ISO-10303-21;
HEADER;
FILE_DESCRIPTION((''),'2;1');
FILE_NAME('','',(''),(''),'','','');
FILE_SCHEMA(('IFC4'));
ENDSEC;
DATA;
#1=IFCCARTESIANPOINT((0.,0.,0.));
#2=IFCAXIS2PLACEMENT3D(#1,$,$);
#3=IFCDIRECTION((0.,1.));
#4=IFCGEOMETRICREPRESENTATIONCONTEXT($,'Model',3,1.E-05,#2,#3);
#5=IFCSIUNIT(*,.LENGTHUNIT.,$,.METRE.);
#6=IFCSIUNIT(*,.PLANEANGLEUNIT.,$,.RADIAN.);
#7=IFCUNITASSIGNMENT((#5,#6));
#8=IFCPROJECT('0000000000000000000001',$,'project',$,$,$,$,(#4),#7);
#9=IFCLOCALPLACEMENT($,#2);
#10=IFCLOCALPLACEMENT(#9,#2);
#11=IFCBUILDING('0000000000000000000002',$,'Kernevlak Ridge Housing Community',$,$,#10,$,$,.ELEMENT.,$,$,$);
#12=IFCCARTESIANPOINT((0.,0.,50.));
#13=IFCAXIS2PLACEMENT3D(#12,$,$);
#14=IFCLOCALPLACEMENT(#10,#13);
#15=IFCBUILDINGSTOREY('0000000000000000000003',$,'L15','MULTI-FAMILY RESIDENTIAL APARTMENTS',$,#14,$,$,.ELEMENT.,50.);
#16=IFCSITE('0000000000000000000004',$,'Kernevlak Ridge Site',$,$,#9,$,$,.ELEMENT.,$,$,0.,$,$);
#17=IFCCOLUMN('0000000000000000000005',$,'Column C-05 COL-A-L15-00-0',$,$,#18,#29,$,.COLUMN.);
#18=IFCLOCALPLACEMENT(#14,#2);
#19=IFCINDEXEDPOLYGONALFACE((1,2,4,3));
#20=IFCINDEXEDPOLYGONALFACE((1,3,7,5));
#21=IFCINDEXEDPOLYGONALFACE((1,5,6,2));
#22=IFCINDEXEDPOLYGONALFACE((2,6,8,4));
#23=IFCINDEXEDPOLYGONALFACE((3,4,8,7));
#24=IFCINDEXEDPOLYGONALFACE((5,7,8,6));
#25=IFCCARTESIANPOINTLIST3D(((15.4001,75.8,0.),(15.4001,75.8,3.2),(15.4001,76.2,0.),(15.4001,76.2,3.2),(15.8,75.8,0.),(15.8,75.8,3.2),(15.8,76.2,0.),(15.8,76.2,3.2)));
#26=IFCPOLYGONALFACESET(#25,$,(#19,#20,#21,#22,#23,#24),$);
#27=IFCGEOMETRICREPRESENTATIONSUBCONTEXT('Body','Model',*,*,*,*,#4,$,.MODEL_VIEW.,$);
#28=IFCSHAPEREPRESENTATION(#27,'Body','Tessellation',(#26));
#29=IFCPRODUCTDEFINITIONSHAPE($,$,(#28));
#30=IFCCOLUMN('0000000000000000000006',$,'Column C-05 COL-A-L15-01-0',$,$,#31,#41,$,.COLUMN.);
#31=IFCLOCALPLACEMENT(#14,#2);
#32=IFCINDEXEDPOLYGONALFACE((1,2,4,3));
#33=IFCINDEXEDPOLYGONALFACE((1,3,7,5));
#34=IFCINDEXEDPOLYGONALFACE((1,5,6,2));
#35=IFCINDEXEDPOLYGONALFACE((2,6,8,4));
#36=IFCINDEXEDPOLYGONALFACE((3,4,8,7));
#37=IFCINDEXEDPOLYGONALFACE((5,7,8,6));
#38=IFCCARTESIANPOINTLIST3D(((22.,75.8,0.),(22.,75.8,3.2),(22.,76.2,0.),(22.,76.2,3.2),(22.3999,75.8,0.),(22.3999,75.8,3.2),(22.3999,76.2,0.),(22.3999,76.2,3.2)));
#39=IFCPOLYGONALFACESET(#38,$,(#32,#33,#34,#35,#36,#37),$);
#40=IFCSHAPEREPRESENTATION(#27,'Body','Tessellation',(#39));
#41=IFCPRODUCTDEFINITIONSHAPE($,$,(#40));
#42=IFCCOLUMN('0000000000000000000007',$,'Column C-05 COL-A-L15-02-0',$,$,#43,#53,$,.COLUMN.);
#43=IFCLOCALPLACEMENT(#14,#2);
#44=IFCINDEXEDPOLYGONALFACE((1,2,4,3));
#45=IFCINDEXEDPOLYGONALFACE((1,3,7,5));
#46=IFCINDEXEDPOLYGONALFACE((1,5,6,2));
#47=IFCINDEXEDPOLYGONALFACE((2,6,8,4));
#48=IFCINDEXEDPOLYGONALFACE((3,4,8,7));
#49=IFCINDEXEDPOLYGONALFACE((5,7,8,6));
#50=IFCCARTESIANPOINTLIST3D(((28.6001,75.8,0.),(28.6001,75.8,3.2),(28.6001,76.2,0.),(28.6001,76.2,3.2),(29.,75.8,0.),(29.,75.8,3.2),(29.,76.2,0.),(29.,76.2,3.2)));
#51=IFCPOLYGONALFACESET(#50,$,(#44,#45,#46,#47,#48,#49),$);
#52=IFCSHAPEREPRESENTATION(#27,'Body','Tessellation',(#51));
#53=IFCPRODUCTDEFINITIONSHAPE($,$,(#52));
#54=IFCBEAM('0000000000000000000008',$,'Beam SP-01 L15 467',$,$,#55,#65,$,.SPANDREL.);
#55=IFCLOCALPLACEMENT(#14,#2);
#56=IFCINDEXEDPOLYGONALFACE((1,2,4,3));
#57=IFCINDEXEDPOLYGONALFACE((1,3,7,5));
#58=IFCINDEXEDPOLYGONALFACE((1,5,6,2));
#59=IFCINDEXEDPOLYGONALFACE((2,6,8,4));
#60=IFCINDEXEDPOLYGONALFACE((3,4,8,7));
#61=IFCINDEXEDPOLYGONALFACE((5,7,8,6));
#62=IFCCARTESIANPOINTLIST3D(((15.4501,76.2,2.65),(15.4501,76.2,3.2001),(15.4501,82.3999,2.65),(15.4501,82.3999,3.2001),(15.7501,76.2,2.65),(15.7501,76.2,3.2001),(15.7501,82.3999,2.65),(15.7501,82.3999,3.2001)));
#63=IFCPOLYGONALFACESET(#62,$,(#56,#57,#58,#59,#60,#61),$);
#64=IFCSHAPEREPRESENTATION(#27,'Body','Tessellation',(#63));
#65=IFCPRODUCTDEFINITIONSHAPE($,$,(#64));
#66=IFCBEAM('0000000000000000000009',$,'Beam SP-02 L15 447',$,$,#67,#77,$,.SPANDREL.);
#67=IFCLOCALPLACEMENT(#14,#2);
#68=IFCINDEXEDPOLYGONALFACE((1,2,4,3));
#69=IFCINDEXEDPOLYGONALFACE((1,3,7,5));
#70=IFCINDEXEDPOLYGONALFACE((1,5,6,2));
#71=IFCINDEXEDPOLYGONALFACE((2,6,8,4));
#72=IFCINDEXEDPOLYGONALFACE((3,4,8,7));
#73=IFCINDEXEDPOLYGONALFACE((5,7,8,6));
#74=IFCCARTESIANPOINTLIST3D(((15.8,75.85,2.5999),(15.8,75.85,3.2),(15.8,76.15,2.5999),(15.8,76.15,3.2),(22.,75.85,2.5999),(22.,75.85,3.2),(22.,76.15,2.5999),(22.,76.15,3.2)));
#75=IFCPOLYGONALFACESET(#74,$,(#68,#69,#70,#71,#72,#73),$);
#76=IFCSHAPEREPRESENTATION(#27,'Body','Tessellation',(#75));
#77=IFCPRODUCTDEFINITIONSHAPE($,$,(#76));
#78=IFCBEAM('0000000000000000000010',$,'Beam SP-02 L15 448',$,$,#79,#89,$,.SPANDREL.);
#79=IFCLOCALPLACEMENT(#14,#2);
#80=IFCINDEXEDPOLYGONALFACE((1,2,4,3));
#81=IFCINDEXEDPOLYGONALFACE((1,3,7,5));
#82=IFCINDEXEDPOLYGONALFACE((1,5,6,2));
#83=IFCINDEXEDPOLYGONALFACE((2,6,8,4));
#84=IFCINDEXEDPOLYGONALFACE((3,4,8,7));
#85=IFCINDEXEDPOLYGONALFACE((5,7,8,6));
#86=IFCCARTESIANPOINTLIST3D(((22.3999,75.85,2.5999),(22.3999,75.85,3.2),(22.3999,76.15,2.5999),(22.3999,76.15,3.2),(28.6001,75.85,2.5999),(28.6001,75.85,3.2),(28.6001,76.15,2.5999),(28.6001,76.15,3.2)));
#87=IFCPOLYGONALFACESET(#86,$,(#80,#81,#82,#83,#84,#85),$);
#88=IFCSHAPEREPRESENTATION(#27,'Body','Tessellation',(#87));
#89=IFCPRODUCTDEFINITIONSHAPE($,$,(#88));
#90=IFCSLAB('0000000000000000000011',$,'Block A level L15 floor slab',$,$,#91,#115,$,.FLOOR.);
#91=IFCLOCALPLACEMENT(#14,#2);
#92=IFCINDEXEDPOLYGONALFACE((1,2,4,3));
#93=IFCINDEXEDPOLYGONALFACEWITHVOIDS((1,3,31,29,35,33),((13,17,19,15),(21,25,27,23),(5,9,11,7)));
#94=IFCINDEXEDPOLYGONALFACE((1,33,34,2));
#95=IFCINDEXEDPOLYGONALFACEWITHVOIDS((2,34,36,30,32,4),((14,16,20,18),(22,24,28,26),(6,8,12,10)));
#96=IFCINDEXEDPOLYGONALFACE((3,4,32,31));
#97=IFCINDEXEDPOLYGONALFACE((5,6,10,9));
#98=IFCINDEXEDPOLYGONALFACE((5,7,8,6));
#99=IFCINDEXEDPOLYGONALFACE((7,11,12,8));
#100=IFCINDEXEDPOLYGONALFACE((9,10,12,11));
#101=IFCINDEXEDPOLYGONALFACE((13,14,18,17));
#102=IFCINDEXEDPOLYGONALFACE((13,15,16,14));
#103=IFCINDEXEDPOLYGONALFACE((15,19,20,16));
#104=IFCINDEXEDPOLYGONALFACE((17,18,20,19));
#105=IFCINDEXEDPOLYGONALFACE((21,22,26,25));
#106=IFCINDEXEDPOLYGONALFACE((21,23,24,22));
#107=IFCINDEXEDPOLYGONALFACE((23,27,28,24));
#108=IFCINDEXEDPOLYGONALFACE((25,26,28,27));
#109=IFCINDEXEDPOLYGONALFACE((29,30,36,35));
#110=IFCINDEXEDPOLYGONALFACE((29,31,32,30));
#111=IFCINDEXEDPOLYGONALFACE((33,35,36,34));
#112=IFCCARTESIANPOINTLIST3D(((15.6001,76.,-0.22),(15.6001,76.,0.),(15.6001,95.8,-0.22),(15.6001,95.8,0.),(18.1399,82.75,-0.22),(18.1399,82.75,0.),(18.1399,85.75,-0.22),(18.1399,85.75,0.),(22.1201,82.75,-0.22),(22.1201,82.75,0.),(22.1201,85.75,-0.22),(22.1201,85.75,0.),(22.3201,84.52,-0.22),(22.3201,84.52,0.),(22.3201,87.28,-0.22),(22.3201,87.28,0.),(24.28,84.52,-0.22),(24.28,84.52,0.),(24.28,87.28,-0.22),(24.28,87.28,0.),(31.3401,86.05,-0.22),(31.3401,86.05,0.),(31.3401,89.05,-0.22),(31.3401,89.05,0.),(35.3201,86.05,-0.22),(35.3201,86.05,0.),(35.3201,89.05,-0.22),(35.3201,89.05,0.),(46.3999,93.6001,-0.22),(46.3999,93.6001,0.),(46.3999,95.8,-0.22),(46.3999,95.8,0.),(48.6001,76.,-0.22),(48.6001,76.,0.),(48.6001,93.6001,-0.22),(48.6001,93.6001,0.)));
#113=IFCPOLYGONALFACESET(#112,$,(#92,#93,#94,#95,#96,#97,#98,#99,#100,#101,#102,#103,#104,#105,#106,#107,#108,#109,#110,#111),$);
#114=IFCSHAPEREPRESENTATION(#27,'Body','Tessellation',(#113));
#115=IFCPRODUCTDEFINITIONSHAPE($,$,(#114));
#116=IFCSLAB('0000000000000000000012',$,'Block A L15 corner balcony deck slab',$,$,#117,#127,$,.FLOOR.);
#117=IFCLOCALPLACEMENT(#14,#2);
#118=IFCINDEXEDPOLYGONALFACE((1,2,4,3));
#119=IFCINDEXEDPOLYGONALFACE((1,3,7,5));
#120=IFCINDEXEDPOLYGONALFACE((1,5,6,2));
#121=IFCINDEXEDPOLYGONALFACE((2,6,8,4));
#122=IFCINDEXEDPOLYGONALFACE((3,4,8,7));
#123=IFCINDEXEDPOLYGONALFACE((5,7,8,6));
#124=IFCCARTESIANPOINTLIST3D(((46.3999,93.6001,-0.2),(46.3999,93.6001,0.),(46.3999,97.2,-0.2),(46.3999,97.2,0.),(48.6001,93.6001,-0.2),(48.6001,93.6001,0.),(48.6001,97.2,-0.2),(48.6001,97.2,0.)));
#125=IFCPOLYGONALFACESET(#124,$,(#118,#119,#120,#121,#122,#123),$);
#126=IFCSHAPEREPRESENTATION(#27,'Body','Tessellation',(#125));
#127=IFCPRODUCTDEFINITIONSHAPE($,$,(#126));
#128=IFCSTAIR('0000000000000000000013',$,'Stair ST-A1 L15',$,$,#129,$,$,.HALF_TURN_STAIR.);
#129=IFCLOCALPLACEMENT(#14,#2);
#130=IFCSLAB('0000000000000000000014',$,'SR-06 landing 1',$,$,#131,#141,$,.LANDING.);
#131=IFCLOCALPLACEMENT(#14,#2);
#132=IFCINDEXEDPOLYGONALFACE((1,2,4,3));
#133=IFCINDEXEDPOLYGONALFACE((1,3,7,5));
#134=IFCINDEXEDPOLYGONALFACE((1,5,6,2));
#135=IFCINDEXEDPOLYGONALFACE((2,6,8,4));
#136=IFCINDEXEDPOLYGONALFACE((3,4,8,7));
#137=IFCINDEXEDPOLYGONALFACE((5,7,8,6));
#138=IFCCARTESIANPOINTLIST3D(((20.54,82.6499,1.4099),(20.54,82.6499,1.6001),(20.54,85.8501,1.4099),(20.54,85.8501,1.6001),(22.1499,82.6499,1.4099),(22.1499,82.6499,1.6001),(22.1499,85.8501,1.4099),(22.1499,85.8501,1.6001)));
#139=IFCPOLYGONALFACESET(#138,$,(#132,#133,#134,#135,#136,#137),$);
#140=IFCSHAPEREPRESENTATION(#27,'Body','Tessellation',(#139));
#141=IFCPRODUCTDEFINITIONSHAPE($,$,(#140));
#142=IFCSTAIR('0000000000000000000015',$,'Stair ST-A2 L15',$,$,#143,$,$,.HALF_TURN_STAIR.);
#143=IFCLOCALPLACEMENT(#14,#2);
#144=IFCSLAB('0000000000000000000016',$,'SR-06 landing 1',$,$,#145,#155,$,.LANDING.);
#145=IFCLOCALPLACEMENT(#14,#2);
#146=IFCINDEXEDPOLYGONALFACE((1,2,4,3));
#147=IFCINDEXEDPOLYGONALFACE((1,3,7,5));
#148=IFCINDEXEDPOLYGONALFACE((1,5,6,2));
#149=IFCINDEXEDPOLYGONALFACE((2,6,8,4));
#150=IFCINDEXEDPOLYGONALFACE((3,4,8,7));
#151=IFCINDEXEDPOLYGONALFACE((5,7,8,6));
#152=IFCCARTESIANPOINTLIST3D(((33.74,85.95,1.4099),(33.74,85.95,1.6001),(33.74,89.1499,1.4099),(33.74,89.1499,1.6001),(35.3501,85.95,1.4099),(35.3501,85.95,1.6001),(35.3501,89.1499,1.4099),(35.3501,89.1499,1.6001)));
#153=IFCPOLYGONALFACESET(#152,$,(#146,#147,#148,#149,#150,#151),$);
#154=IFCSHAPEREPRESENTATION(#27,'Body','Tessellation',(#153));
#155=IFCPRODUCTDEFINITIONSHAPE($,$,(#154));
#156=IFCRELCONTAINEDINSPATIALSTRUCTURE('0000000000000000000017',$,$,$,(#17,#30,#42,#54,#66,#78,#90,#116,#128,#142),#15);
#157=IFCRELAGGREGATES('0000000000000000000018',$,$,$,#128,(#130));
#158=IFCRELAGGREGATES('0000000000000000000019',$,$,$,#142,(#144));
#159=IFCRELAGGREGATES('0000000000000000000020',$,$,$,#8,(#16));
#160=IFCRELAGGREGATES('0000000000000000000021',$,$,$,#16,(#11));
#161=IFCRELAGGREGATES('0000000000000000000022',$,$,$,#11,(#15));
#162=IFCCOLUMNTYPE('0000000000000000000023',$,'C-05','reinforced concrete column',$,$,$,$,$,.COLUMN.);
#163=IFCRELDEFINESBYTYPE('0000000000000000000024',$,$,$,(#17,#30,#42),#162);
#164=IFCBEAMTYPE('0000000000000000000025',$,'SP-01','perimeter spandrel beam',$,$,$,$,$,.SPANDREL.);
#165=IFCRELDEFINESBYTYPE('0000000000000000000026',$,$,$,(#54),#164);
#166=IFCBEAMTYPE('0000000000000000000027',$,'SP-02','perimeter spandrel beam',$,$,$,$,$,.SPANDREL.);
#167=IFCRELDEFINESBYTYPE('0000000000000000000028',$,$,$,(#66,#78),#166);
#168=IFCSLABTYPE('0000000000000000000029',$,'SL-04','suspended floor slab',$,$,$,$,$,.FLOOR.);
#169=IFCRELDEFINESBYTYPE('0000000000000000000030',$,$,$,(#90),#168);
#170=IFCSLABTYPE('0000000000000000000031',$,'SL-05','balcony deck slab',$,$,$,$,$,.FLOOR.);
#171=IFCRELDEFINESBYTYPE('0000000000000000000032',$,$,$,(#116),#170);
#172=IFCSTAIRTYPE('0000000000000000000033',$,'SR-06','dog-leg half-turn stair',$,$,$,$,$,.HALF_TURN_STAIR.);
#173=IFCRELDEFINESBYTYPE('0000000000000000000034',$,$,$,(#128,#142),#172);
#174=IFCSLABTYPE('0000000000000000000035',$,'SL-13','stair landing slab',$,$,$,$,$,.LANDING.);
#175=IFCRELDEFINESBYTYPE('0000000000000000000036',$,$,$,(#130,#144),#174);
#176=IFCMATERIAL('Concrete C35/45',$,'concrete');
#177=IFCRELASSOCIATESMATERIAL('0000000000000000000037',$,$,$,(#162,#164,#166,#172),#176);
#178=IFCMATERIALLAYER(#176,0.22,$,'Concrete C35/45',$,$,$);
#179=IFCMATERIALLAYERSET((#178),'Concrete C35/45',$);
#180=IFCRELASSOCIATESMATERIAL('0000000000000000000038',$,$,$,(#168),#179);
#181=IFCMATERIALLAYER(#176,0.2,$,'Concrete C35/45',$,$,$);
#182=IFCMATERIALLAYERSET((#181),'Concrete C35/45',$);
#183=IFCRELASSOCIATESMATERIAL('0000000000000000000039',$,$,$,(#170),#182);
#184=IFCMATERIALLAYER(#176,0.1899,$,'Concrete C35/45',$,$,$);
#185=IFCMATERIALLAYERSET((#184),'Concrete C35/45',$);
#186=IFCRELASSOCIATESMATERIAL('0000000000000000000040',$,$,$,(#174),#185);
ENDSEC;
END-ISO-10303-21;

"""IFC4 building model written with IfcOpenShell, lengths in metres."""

from ifc_helpers import new_model, si_unit, direction, frame, origin, origin_2d, place, context, subcontext, project, spatial, polyline, rectangle, outline, extrude, material, layer, layer_set, material_profile, profile_set, type_object, element, aggregate, save


model = new_model("IFC4")

# Units and contexts
model_context = context("Model", 3, precision=1e-05, world=origin(), true_north=direction((0.0, 1.0)))
body_context = subcontext(model_context, "Body", "Model", "MODEL_VIEW")
ifc_project = project(units=[si_unit("LENGTHUNIT", "METRE"), si_unit("PLANEANGLEUNIT", "RADIAN")], contexts=[model_context])

# Site, building, storey
site_placement = place(None, origin())
site = spatial("IfcSite", under=ifc_project, at=site_placement, Name="Kernevlak Ridge Site", CompositionType="ELEMENT", RefElevation=0.0)
building_placement = place(site_placement, origin())
building = spatial("IfcBuilding", under=site, at=building_placement, Name="Kernevlak Ridge Housing Community", CompositionType="ELEMENT")
storey_placement = place(building_placement, frame((0.0, 0.0, 50.0)))
storey = spatial("IfcBuildingStorey", under=building, at=storey_placement, Name="L15", Description="MULTI-FAMILY RESIDENTIAL APARTMENTS", CompositionType="ELEMENT", Elevation=50.0)

# Columns
ifc_material_1 = material(Name="Concrete C35/45", Category="concrete")
ifc_material_profile_1 = material_profile(ifc_material_1, rectangle(XDim=0.3999, YDim=0.3999, at=origin_2d()), Name="RC 400x400")
ifc_profile_set_1 = profile_set([ifc_material_profile_1], Name="Concrete C35/45")
column_type = type_object("IfcColumnType", Name="C-05", Description="reinforced concrete column", PredefinedType="COLUMN", material=ifc_profile_set_1)
for number, where, z_axis, x_axis, name in (
    (1, (15.6001, 76.0, 0.0), (0.0, 0.0, 1.0), (1.0, 0.0, 0.0), "Column C-05 COL-A-L15-00-0"),
    (2, (22.2, 76.0, 0.0), (0.0, 0.0, 1.0), (1.0, 0.0, 0.0), "Column C-05 COL-A-L15-01-0"),
    (3, (28.8, 76.0, 0.0), (0.0, 0.0, 1.0), (1.0, 0.0, 0.0), "Column C-05 COL-A-L15-02-0"),
):
    element("IfcColumn", number, at=place(storey_placement, frame(where, z_axis=z_axis, x_axis=x_axis)), inside=storey, type_object=column_type, Name=name, PredefinedType="COLUMN", context=body_context, shape_type="SweptSolid", body=[
        extrude(rectangle(XDim=0.3999, YDim=0.3999, at=origin_2d()), origin(), (0.0, 0.0, 1.0), 3.2),
    ])

# Beams
ifc_material_profile_2 = material_profile(ifc_material_1, rectangle(XDim=0.3, YDim=0.55, at=origin_2d()), Name="RC 300x550")
ifc_profile_set_2 = profile_set([ifc_material_profile_2], Name="Concrete C35/45")
beam_type_1 = type_object("IfcBeamType", Name="SP-01", Description="perimeter spandrel beam", PredefinedType="SPANDREL", material=ifc_profile_set_2)
beam_1_placement = place(storey_placement, frame((15.6001, 76.2, 2.925), z_axis=(0.0, 1.0, 0.0), x_axis=(-1.0, 0.0, 0.0)))
element("IfcBeam", 4, at=beam_1_placement, inside=storey, type_object=beam_type_1, Name="Beam SP-01 L15 467", PredefinedType="SPANDREL", context=body_context, shape_type="SweptSolid", body=[
    extrude(rectangle(XDim=0.3, YDim=0.55, at=origin_2d()), origin(), (0.0, 0.0, 1.0), 6.2),
])
ifc_material_profile_3 = material_profile(ifc_material_1, rectangle(XDim=0.3, YDim=0.6001, at=origin_2d()), Name="RC 300x600")
ifc_profile_set_3 = profile_set([ifc_material_profile_3], Name="Concrete C35/45")
beam_type_2 = type_object("IfcBeamType", Name="SP-02", Description="perimeter spandrel beam", PredefinedType="SPANDREL", material=ifc_profile_set_3)
beam_2_placement = place(storey_placement, frame((15.8, 76.0, 2.8999), z_axis=(1.0, 0.0, 0.0), x_axis=(0.0, 1.0, 0.0)))
element("IfcBeam", 5, at=beam_2_placement, inside=storey, type_object=beam_type_2, Name="Beam SP-02 L15 447", PredefinedType="SPANDREL", context=body_context, shape_type="SweptSolid", body=[
    extrude(rectangle(XDim=0.3, YDim=0.6001, at=origin_2d()), origin(), (0.0, 0.0, 1.0), 6.2),
])
beam_3_placement = place(storey_placement, frame((22.3999, 76.0, 2.8999), z_axis=(1.0, 0.0, 0.0), x_axis=(0.0, 1.0, 0.0)))
element("IfcBeam", 6, at=beam_3_placement, inside=storey, type_object=beam_type_2, Name="Beam SP-02 L15 448", PredefinedType="SPANDREL", context=body_context, shape_type="SweptSolid", body=[
    extrude(rectangle(XDim=0.3, YDim=0.6001, at=origin_2d()), origin(), (0.0, 0.0, 1.0), 6.2002),
])

# Slabs
ifc_layer_1 = layer(ifc_material_1, 0.22, Name="Concrete C35/45")
ifc_layer_set_1 = layer_set([ifc_layer_1], Name="Concrete C35/45")
slab_type_1 = type_object("IfcSlabType", Name="SL-04", Description="suspended floor slab", PredefinedType="FLOOR", material=ifc_layer_set_1)
slab_1_placement = place(storey_placement, frame((0.0, 0.0, -0.22)))
element("IfcSlab", 7, at=slab_1_placement, inside=storey, type_object=slab_type_1, Name="Block A level L15 floor slab", PredefinedType="FLOOR", context=body_context, shape_type="SweptSolid", body=[
    extrude(outline(polyline([(15.6001, 76.0), (48.6001, 76.0), (48.6001, 93.6001), (46.3999, 93.6001), (46.3999, 95.8), (15.6001, 95.8), (15.6001, 76.0)]), holes=[polyline([(18.1399, 85.75), (22.1201, 85.75), (22.1201, 82.75), (18.1399, 82.75), (18.1399, 85.75)]), polyline([(31.3401, 89.05), (35.3201, 89.05), (35.3201, 86.05), (31.3401, 86.05), (31.3401, 89.05)]), polyline([(22.3201, 87.28), (24.28, 87.28), (24.28, 84.52), (22.3201, 84.52), (22.3201, 87.28)])]), origin(), (0.0, 0.0, 1.0), 0.22),
])
ifc_layer_2 = layer(ifc_material_1, 0.2, Name="Concrete C35/45")
ifc_layer_set_2 = layer_set([ifc_layer_2], Name="Concrete C35/45")
slab_type_2 = type_object("IfcSlabType", Name="SL-05", Description="balcony deck slab", PredefinedType="FLOOR", material=ifc_layer_set_2)
slab_2_placement = place(storey_placement, frame((0.0, 0.0, -0.2)))
element("IfcSlab", 8, at=slab_2_placement, inside=storey, type_object=slab_type_2, Name="Block A L15 corner balcony deck slab", PredefinedType="FLOOR", context=body_context, shape_type="SweptSolid", body=[
    extrude(outline(polyline([(46.3999, 93.6001), (48.6001, 93.6001), (48.6001, 97.2), (46.3999, 97.2), (46.3999, 93.6001)])), origin(), (0.0, 0.0, 1.0), 0.2),
])

# Stairs, slabs
stair_type = type_object("IfcStairType", Name="SR-06", Description="dog-leg half-turn stair", PredefinedType="HALF_TURN_STAIR", material=ifc_material_1)
stair_1_placement = place(storey_placement, origin())
stair_1 = element("IfcStair", 9, at=stair_1_placement, inside=storey, type_object=stair_type, Name="Stair ST-A1 L15", PredefinedType="HALF_TURN_STAIR")
ifc_layer_3 = layer(ifc_material_1, 0.1899, Name="Concrete C35/45")
ifc_layer_set_3 = layer_set([ifc_layer_3], Name="Concrete C35/45")
slab_type_3 = type_object("IfcSlabType", Name="SL-13", Description="stair landing slab", PredefinedType="LANDING", material=ifc_layer_set_3)
slab_3_placement = place(storey_placement, frame((0.0, 0.0, 1.4099)))
slab_3 = element("IfcSlab", 10, at=slab_3_placement, type_object=slab_type_3, Name="SR-06 landing 1", PredefinedType="LANDING", context=body_context, shape_type="SweptSolid", body=[
    extrude(outline(polyline([(20.54, 82.6499), (22.1499, 82.6499), (22.1499, 85.8501), (20.54, 85.8501), (20.54, 82.6499)])), origin(), (0.0, 0.0, 1.0), 0.1902),
])
aggregate(stair_1, [slab_3])
stair_2_placement = place(storey_placement, origin())
stair_2 = element("IfcStair", 11, at=stair_2_placement, inside=storey, type_object=stair_type, Name="Stair ST-A2 L15", PredefinedType="HALF_TURN_STAIR")
slab_4_placement = place(storey_placement, frame((0.0, 0.0, 1.4099)))
slab_4 = element("IfcSlab", 12, at=slab_4_placement, type_object=slab_type_3, Name="SR-06 landing 1", PredefinedType="LANDING", context=body_context, shape_type="SweptSolid", body=[
    extrude(outline(polyline([(33.74, 85.95), (35.3501, 85.95), (35.3501, 89.1499), (33.74, 89.1499), (33.74, 85.95)])), origin(), (0.0, 0.0, 1.0), 0.1902),
])
aggregate(stair_2, [slab_4])

save(model, "model.ifc")
